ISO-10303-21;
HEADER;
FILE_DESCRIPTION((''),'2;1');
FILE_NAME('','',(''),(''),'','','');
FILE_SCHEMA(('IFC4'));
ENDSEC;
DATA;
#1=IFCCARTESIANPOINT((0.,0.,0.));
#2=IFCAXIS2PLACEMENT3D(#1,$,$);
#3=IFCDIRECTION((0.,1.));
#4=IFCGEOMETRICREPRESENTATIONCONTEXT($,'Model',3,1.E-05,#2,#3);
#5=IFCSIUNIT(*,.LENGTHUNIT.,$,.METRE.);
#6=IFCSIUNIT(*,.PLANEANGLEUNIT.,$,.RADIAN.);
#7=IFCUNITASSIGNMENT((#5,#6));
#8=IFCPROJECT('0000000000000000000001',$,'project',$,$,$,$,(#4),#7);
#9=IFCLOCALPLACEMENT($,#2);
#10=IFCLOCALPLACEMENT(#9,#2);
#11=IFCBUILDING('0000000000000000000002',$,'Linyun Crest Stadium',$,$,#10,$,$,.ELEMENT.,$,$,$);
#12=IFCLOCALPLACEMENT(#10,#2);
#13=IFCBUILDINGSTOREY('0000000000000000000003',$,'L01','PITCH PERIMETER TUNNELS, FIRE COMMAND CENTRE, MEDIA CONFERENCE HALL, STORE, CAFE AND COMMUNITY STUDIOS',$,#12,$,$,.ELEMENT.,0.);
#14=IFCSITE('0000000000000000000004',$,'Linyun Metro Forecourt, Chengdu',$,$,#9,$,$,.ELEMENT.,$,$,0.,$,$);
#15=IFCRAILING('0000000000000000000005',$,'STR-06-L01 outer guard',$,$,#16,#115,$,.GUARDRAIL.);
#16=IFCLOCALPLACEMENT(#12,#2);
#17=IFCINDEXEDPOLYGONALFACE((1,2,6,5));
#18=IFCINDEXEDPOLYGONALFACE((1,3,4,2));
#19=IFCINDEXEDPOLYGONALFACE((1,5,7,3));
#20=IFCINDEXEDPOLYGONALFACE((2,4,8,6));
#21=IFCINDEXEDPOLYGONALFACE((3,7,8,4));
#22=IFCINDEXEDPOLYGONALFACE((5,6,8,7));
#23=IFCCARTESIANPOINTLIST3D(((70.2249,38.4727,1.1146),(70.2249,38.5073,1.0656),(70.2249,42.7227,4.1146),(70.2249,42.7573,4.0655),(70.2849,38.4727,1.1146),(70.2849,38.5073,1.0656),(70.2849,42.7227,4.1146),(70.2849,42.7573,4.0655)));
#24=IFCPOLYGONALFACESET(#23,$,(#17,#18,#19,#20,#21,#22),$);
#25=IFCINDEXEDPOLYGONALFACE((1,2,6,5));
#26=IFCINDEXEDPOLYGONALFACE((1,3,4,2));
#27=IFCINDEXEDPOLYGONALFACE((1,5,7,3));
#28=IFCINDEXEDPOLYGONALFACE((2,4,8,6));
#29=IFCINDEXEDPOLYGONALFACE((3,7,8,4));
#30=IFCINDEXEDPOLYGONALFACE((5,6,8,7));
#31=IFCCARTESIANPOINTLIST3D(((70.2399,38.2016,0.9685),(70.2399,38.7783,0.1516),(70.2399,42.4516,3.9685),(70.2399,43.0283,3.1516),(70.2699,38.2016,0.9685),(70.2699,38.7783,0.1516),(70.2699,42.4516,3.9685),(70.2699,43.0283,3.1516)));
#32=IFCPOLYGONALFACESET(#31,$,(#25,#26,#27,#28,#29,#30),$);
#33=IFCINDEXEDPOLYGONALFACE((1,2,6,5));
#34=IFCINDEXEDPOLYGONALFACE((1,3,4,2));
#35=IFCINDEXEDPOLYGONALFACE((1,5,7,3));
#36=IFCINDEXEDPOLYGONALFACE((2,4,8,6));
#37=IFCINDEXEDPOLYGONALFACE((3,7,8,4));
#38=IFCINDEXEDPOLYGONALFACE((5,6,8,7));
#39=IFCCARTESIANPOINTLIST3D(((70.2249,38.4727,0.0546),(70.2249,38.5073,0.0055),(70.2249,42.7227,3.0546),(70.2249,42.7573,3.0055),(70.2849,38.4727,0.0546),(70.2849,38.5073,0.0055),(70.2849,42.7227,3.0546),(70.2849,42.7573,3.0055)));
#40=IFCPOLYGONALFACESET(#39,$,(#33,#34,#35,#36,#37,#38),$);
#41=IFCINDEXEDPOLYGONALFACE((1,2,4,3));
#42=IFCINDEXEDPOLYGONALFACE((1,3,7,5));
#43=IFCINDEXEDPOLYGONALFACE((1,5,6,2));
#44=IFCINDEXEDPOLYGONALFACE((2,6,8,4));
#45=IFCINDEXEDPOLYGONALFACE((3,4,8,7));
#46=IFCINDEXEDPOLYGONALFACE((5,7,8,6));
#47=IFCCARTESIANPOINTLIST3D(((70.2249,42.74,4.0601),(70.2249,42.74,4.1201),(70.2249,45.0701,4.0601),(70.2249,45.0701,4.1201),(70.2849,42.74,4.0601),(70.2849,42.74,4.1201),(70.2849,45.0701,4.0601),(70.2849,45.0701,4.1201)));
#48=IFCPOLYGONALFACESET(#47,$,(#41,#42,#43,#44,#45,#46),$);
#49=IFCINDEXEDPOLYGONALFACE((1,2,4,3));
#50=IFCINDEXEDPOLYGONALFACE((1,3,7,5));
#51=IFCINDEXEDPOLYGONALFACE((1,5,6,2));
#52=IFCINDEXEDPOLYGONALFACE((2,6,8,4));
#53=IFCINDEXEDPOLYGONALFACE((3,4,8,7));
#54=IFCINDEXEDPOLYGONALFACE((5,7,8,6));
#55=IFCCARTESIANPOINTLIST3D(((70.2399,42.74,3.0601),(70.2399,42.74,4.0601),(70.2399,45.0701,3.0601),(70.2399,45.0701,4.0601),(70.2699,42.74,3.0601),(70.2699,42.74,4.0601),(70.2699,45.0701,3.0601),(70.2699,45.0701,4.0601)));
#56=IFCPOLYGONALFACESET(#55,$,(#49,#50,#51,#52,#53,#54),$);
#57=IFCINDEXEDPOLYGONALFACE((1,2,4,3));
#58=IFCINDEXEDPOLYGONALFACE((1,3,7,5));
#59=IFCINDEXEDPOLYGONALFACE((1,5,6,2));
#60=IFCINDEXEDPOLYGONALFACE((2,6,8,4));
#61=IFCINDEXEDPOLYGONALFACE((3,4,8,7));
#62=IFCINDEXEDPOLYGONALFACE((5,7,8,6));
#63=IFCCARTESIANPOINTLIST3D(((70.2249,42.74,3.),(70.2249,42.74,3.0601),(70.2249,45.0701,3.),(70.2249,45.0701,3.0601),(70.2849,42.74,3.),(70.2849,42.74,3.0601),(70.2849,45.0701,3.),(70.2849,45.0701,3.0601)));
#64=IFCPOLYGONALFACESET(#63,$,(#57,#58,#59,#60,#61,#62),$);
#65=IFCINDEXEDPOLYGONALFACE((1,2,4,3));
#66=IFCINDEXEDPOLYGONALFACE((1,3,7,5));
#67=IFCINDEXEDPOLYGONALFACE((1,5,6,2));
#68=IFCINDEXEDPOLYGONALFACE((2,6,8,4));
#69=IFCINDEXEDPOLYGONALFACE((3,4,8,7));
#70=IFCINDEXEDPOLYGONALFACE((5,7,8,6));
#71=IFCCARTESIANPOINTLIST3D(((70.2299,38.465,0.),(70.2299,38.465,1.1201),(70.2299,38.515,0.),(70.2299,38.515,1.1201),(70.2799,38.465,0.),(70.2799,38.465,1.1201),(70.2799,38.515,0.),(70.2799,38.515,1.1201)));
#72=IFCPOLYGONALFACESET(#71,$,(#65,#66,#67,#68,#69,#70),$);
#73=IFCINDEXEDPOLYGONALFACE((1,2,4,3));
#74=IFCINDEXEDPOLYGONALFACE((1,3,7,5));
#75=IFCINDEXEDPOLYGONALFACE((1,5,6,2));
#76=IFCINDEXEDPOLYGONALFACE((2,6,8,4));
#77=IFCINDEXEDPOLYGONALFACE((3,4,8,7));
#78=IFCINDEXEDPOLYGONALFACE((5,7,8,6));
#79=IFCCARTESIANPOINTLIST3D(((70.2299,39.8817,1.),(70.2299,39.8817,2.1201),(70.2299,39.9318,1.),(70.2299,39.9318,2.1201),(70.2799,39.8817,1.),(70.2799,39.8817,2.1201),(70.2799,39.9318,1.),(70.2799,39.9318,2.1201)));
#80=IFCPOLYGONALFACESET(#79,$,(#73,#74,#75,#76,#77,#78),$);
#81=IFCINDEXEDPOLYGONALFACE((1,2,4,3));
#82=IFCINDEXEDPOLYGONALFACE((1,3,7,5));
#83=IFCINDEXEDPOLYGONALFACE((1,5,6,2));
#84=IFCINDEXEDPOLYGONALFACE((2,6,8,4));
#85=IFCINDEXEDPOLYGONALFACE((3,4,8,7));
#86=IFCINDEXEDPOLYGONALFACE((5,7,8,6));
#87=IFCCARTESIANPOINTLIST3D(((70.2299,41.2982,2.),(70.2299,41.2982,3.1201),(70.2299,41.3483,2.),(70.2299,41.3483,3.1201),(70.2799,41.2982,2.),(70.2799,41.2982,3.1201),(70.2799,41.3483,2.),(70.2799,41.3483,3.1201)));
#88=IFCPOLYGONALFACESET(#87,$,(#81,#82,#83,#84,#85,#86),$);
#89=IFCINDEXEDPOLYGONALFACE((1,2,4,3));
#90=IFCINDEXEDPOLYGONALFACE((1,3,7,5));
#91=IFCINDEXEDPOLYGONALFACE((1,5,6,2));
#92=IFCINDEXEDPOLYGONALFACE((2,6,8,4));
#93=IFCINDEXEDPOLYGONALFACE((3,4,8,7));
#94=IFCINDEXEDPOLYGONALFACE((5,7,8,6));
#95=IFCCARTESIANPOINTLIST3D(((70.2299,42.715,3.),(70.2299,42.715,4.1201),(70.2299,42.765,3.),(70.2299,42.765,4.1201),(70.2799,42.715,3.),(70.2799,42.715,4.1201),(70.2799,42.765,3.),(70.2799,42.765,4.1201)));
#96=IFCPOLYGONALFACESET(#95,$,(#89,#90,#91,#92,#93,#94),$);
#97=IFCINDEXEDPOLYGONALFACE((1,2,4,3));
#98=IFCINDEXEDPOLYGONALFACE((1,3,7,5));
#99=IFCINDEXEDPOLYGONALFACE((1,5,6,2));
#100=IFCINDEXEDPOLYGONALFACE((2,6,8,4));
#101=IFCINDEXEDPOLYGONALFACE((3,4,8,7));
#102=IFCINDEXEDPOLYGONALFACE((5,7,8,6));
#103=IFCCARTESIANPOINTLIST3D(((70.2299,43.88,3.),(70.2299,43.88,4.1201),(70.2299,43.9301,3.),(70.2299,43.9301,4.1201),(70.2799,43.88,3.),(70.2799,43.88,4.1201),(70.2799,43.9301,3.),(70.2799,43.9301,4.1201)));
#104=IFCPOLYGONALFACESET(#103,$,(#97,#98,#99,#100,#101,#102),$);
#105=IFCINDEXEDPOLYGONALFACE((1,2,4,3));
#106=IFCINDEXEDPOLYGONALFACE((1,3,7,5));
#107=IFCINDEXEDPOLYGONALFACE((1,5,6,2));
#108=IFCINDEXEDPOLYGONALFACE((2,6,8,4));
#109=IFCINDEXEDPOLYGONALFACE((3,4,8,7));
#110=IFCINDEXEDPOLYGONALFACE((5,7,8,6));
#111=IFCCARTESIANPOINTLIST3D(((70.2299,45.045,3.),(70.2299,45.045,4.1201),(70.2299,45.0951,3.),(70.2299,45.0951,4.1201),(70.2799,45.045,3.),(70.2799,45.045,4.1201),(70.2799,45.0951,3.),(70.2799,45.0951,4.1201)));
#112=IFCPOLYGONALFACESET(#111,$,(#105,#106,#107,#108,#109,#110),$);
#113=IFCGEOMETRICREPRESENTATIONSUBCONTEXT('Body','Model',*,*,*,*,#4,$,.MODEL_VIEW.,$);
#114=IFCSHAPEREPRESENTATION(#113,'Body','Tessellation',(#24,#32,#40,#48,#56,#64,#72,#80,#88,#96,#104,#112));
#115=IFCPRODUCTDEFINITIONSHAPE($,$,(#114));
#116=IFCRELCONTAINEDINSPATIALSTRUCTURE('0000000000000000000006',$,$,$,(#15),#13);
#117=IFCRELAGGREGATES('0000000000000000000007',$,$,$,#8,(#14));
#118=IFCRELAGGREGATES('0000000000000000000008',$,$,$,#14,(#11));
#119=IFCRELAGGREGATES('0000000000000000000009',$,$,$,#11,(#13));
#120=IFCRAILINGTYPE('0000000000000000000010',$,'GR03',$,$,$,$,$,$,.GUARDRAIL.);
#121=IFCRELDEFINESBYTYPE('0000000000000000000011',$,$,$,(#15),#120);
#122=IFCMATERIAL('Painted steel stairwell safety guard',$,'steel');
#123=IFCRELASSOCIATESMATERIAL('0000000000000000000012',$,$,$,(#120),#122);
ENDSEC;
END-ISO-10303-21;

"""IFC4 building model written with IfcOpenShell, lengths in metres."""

from ifc_helpers import new_model, si_unit, direction, frame, origin, origin_2d, place, context, subcontext, project, spatial, rectangle, extrude, material, type_object, element, save


model = new_model("IFC4")

# Units and contexts
model_context = context("Model", 3, precision=1e-05, world=origin(), true_north=direction((0.0, 1.0)))
body_context = subcontext(model_context, "Body", "Model", "MODEL_VIEW")
ifc_project = project(units=[si_unit("LENGTHUNIT", "METRE"), si_unit("PLANEANGLEUNIT", "RADIAN")], contexts=[model_context])

# Site, building, storey
site_placement = place(None, origin())
site = spatial("IfcSite", under=ifc_project, at=site_placement, Name="Linyun Metro Forecourt, Chengdu", CompositionType="ELEMENT", RefElevation=0.0)
building_placement = place(site_placement, origin())
building = spatial("IfcBuilding", under=site, at=building_placement, Name="Linyun Crest Stadium", CompositionType="ELEMENT")
storey_placement = place(building_placement, origin())
storey = spatial("IfcBuildingStorey", under=building, at=storey_placement, Name="L01", Description="PITCH PERIMETER TUNNELS, FIRE COMMAND CENTRE, MEDIA CONFERENCE HALL, STORE, CAFE AND COMMUNITY STUDIOS", CompositionType="ELEMENT", Elevation=0.0)

# Railing
ifc_material_1 = material(Name="Painted steel stairwell safety guard", Category="steel")
railing_type_1 = type_object("IfcRailingType", Name="GR03", PredefinedType="GUARDRAIL", material=ifc_material_1)
railing_1_placement = place(storey_placement, frame((70.2549, 38.49, 0.0)))
element("IfcRailing", 1, at=railing_1_placement, inside=storey, type_object=railing_type_1, Name="STR-06-L01 outer guard", PredefinedType="GUARDRAIL", context=body_context, shape_type="SweptSolid", body=[
    extrude(rectangle(XDim=0.0601, YDim=0.0601, at=origin_2d()), frame((0.0, 0.0, 1.0901), z_axis=(0.0, 0.816968, 0.576683), x_axis=(-1.0, 0.0, 0.0)), (0.0, 0.0, 1.0), 5.2021),
    extrude(rectangle(XDim=0.03, YDim=1.0, at=origin_2d()), frame((0.0, 0.0, 0.5601), z_axis=(0.0, 0.816968, 0.576683), x_axis=(-1.0, 0.0, 0.0)), (0.0, 0.0, 1.0), 5.2021),
    extrude(rectangle(XDim=0.0601, YDim=0.0601, at=origin_2d()), frame((0.0, 0.0, 0.03), z_axis=(0.0, 0.816968, 0.576683), x_axis=(-1.0, 0.0, 0.0)), (0.0, 0.0, 1.0), 5.2021),
    extrude(rectangle(XDim=0.0601, YDim=0.0601, at=origin_2d()), frame((0.0, 4.25, 4.0901), z_axis=(0.0, 1.0, 0.0), x_axis=(-1.0, 0.0, 0.0)), (0.0, 0.0, 1.0), 2.3301),
    extrude(rectangle(XDim=0.03, YDim=1.0, at=origin_2d()), frame((0.0, 4.25, 3.5601), z_axis=(0.0, 1.0, 0.0), x_axis=(-1.0, 0.0, 0.0)), (0.0, 0.0, 1.0), 2.3301),
    extrude(rectangle(XDim=0.0601, YDim=0.0601, at=origin_2d()), frame((0.0, 4.25, 3.03), z_axis=(0.0, 1.0, 0.0), x_axis=(-1.0, 0.0, 0.0)), (0.0, 0.0, 1.0), 2.3301),
    extrude(rectangle(XDim=0.05, YDim=0.05, at=origin_2d()), origin(), (0.0, 0.0, 1.0), 1.1201),
    extrude(rectangle(XDim=0.05, YDim=0.05, at=origin_2d()), frame((0.0, 1.4167, 1.0)), (0.0, 0.0, 1.0), 1.1201),
    extrude(rectangle(XDim=0.05, YDim=0.05, at=origin_2d()), frame((0.0, 2.8333, 2.0)), (0.0, 0.0, 1.0), 1.1201),
    extrude(rectangle(XDim=0.05, YDim=0.05, at=origin_2d()), frame((0.0, 4.25, 3.0)), (0.0, 0.0, 1.0), 1.1201),
    extrude(rectangle(XDim=0.05, YDim=0.05, at=origin_2d()), frame((0.0, 5.415, 3.0)), (0.0, 0.0, 1.0), 1.1201),
    extrude(rectangle(XDim=0.05, YDim=0.05, at=origin_2d()), frame((0.0, 6.5801, 3.0)), (0.0, 0.0, 1.0), 1.1201),
])

save(model, "model.ifc")
